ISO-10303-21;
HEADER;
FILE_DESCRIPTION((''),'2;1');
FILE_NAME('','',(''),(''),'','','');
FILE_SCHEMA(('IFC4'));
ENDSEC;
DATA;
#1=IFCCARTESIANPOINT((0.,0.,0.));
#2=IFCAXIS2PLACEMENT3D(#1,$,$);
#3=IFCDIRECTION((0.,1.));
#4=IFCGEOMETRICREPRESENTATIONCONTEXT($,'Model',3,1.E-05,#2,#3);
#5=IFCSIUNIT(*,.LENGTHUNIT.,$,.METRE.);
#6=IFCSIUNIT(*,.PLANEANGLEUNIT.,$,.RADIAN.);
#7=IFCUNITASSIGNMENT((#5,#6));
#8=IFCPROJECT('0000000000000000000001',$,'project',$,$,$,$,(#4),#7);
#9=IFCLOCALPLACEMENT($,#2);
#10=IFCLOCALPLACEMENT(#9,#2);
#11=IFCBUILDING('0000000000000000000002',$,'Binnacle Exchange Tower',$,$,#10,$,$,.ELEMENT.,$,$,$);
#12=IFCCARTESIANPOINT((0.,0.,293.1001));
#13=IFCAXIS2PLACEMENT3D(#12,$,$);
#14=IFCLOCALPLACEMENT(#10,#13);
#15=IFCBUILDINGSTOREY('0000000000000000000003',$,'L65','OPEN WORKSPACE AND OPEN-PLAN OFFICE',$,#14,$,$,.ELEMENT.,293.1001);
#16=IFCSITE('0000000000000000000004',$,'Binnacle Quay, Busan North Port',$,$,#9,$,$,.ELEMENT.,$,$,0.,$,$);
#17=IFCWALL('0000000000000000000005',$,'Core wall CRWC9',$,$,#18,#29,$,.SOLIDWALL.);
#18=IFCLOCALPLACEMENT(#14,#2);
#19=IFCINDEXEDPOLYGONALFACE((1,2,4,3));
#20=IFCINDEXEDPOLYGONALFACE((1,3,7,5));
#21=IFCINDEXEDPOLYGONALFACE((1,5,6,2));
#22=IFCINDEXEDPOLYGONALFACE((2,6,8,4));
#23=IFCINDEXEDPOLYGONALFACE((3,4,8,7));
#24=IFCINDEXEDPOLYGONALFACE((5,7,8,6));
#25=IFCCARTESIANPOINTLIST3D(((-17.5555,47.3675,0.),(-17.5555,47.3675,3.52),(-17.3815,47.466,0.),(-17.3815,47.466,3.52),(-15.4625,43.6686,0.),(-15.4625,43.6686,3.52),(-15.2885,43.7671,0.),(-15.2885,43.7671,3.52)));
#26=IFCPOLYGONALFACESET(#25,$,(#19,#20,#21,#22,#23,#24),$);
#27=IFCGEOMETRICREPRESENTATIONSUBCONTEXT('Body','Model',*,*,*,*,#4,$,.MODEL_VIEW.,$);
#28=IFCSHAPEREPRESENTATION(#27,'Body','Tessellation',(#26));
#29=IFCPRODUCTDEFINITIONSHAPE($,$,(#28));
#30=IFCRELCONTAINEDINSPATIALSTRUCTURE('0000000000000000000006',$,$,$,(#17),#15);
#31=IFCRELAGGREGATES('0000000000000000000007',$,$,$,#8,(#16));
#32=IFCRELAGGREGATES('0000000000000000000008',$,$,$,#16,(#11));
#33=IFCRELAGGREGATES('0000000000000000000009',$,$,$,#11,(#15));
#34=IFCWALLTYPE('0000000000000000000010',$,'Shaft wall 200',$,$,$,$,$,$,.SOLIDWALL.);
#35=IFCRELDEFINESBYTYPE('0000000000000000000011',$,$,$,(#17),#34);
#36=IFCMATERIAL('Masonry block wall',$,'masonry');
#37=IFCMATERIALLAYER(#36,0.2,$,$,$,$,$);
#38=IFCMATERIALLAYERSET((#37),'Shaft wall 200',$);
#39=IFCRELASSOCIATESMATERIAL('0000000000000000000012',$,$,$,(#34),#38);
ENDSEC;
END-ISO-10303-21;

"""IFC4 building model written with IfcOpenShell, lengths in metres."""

from ifc_helpers import new_model, si_unit, direction, frame, frame_2d, origin, place, context, subcontext, project, spatial, rectangle, extrude, material, layer, layer_set, type_object, element, save


model = new_model("IFC4")

# Units and contexts
model_context = context("Model", 3, precision=1e-05, world=origin(), true_north=direction((0.0, 1.0)))
body_context = subcontext(model_context, "Body", "Model", "MODEL_VIEW")
ifc_project = project(units=[si_unit("LENGTHUNIT", "METRE"), si_unit("PLANEANGLEUNIT", "RADIAN")], contexts=[model_context])

# Site, building, storey
site_placement = place(None, origin())
site = spatial("IfcSite", under=ifc_project, at=site_placement, Name="Binnacle Quay, Busan North Port", CompositionType="ELEMENT", RefElevation=0.0)
building_placement = place(site_placement, origin())
building = spatial("IfcBuilding", under=site, at=building_placement, Name="Binnacle Exchange Tower", CompositionType="ELEMENT")
storey_placement = place(building_placement, frame((0.0, 0.0, 293.1001)))
storey = spatial("IfcBuildingStorey", under=building, at=storey_placement, Name="L65", Description="OPEN WORKSPACE AND OPEN-PLAN OFFICE", CompositionType="ELEMENT", Elevation=293.1001)

# Shared definitions
ifc_material_1 = material(Name="Masonry block wall", Category="masonry")

# Wall
ifc_layer_1 = layer(ifc_material_1, 0.2)
ifc_layer_set_1 = layer_set([ifc_layer_1], Name="Shaft wall 200")
wall_type_1 = type_object("IfcWallType", Name="Shaft wall 200", PredefinedType="SOLIDWALL", material=ifc_layer_set_1)
wall_1_placement = place(storey_placement, frame((-17.4685, 47.4167, 0.0), z_axis=(0.0, 0.0, 1.0), x_axis=(0.492466, -0.870332, 0.0)))
element("IfcWall", 1, at=wall_1_placement, inside=storey, type_object=wall_type_1, Name="Core wall CRWC9", PredefinedType="SOLIDWALL", context=body_context, shape_type="SweptSolid", body=[
    extrude(rectangle(XDim=4.25, YDim=0.2, at=frame_2d((2.125, 0.0))), origin(), (0.0, 0.0, 1.0), 3.52),
])

save(model, "model.ifc")
